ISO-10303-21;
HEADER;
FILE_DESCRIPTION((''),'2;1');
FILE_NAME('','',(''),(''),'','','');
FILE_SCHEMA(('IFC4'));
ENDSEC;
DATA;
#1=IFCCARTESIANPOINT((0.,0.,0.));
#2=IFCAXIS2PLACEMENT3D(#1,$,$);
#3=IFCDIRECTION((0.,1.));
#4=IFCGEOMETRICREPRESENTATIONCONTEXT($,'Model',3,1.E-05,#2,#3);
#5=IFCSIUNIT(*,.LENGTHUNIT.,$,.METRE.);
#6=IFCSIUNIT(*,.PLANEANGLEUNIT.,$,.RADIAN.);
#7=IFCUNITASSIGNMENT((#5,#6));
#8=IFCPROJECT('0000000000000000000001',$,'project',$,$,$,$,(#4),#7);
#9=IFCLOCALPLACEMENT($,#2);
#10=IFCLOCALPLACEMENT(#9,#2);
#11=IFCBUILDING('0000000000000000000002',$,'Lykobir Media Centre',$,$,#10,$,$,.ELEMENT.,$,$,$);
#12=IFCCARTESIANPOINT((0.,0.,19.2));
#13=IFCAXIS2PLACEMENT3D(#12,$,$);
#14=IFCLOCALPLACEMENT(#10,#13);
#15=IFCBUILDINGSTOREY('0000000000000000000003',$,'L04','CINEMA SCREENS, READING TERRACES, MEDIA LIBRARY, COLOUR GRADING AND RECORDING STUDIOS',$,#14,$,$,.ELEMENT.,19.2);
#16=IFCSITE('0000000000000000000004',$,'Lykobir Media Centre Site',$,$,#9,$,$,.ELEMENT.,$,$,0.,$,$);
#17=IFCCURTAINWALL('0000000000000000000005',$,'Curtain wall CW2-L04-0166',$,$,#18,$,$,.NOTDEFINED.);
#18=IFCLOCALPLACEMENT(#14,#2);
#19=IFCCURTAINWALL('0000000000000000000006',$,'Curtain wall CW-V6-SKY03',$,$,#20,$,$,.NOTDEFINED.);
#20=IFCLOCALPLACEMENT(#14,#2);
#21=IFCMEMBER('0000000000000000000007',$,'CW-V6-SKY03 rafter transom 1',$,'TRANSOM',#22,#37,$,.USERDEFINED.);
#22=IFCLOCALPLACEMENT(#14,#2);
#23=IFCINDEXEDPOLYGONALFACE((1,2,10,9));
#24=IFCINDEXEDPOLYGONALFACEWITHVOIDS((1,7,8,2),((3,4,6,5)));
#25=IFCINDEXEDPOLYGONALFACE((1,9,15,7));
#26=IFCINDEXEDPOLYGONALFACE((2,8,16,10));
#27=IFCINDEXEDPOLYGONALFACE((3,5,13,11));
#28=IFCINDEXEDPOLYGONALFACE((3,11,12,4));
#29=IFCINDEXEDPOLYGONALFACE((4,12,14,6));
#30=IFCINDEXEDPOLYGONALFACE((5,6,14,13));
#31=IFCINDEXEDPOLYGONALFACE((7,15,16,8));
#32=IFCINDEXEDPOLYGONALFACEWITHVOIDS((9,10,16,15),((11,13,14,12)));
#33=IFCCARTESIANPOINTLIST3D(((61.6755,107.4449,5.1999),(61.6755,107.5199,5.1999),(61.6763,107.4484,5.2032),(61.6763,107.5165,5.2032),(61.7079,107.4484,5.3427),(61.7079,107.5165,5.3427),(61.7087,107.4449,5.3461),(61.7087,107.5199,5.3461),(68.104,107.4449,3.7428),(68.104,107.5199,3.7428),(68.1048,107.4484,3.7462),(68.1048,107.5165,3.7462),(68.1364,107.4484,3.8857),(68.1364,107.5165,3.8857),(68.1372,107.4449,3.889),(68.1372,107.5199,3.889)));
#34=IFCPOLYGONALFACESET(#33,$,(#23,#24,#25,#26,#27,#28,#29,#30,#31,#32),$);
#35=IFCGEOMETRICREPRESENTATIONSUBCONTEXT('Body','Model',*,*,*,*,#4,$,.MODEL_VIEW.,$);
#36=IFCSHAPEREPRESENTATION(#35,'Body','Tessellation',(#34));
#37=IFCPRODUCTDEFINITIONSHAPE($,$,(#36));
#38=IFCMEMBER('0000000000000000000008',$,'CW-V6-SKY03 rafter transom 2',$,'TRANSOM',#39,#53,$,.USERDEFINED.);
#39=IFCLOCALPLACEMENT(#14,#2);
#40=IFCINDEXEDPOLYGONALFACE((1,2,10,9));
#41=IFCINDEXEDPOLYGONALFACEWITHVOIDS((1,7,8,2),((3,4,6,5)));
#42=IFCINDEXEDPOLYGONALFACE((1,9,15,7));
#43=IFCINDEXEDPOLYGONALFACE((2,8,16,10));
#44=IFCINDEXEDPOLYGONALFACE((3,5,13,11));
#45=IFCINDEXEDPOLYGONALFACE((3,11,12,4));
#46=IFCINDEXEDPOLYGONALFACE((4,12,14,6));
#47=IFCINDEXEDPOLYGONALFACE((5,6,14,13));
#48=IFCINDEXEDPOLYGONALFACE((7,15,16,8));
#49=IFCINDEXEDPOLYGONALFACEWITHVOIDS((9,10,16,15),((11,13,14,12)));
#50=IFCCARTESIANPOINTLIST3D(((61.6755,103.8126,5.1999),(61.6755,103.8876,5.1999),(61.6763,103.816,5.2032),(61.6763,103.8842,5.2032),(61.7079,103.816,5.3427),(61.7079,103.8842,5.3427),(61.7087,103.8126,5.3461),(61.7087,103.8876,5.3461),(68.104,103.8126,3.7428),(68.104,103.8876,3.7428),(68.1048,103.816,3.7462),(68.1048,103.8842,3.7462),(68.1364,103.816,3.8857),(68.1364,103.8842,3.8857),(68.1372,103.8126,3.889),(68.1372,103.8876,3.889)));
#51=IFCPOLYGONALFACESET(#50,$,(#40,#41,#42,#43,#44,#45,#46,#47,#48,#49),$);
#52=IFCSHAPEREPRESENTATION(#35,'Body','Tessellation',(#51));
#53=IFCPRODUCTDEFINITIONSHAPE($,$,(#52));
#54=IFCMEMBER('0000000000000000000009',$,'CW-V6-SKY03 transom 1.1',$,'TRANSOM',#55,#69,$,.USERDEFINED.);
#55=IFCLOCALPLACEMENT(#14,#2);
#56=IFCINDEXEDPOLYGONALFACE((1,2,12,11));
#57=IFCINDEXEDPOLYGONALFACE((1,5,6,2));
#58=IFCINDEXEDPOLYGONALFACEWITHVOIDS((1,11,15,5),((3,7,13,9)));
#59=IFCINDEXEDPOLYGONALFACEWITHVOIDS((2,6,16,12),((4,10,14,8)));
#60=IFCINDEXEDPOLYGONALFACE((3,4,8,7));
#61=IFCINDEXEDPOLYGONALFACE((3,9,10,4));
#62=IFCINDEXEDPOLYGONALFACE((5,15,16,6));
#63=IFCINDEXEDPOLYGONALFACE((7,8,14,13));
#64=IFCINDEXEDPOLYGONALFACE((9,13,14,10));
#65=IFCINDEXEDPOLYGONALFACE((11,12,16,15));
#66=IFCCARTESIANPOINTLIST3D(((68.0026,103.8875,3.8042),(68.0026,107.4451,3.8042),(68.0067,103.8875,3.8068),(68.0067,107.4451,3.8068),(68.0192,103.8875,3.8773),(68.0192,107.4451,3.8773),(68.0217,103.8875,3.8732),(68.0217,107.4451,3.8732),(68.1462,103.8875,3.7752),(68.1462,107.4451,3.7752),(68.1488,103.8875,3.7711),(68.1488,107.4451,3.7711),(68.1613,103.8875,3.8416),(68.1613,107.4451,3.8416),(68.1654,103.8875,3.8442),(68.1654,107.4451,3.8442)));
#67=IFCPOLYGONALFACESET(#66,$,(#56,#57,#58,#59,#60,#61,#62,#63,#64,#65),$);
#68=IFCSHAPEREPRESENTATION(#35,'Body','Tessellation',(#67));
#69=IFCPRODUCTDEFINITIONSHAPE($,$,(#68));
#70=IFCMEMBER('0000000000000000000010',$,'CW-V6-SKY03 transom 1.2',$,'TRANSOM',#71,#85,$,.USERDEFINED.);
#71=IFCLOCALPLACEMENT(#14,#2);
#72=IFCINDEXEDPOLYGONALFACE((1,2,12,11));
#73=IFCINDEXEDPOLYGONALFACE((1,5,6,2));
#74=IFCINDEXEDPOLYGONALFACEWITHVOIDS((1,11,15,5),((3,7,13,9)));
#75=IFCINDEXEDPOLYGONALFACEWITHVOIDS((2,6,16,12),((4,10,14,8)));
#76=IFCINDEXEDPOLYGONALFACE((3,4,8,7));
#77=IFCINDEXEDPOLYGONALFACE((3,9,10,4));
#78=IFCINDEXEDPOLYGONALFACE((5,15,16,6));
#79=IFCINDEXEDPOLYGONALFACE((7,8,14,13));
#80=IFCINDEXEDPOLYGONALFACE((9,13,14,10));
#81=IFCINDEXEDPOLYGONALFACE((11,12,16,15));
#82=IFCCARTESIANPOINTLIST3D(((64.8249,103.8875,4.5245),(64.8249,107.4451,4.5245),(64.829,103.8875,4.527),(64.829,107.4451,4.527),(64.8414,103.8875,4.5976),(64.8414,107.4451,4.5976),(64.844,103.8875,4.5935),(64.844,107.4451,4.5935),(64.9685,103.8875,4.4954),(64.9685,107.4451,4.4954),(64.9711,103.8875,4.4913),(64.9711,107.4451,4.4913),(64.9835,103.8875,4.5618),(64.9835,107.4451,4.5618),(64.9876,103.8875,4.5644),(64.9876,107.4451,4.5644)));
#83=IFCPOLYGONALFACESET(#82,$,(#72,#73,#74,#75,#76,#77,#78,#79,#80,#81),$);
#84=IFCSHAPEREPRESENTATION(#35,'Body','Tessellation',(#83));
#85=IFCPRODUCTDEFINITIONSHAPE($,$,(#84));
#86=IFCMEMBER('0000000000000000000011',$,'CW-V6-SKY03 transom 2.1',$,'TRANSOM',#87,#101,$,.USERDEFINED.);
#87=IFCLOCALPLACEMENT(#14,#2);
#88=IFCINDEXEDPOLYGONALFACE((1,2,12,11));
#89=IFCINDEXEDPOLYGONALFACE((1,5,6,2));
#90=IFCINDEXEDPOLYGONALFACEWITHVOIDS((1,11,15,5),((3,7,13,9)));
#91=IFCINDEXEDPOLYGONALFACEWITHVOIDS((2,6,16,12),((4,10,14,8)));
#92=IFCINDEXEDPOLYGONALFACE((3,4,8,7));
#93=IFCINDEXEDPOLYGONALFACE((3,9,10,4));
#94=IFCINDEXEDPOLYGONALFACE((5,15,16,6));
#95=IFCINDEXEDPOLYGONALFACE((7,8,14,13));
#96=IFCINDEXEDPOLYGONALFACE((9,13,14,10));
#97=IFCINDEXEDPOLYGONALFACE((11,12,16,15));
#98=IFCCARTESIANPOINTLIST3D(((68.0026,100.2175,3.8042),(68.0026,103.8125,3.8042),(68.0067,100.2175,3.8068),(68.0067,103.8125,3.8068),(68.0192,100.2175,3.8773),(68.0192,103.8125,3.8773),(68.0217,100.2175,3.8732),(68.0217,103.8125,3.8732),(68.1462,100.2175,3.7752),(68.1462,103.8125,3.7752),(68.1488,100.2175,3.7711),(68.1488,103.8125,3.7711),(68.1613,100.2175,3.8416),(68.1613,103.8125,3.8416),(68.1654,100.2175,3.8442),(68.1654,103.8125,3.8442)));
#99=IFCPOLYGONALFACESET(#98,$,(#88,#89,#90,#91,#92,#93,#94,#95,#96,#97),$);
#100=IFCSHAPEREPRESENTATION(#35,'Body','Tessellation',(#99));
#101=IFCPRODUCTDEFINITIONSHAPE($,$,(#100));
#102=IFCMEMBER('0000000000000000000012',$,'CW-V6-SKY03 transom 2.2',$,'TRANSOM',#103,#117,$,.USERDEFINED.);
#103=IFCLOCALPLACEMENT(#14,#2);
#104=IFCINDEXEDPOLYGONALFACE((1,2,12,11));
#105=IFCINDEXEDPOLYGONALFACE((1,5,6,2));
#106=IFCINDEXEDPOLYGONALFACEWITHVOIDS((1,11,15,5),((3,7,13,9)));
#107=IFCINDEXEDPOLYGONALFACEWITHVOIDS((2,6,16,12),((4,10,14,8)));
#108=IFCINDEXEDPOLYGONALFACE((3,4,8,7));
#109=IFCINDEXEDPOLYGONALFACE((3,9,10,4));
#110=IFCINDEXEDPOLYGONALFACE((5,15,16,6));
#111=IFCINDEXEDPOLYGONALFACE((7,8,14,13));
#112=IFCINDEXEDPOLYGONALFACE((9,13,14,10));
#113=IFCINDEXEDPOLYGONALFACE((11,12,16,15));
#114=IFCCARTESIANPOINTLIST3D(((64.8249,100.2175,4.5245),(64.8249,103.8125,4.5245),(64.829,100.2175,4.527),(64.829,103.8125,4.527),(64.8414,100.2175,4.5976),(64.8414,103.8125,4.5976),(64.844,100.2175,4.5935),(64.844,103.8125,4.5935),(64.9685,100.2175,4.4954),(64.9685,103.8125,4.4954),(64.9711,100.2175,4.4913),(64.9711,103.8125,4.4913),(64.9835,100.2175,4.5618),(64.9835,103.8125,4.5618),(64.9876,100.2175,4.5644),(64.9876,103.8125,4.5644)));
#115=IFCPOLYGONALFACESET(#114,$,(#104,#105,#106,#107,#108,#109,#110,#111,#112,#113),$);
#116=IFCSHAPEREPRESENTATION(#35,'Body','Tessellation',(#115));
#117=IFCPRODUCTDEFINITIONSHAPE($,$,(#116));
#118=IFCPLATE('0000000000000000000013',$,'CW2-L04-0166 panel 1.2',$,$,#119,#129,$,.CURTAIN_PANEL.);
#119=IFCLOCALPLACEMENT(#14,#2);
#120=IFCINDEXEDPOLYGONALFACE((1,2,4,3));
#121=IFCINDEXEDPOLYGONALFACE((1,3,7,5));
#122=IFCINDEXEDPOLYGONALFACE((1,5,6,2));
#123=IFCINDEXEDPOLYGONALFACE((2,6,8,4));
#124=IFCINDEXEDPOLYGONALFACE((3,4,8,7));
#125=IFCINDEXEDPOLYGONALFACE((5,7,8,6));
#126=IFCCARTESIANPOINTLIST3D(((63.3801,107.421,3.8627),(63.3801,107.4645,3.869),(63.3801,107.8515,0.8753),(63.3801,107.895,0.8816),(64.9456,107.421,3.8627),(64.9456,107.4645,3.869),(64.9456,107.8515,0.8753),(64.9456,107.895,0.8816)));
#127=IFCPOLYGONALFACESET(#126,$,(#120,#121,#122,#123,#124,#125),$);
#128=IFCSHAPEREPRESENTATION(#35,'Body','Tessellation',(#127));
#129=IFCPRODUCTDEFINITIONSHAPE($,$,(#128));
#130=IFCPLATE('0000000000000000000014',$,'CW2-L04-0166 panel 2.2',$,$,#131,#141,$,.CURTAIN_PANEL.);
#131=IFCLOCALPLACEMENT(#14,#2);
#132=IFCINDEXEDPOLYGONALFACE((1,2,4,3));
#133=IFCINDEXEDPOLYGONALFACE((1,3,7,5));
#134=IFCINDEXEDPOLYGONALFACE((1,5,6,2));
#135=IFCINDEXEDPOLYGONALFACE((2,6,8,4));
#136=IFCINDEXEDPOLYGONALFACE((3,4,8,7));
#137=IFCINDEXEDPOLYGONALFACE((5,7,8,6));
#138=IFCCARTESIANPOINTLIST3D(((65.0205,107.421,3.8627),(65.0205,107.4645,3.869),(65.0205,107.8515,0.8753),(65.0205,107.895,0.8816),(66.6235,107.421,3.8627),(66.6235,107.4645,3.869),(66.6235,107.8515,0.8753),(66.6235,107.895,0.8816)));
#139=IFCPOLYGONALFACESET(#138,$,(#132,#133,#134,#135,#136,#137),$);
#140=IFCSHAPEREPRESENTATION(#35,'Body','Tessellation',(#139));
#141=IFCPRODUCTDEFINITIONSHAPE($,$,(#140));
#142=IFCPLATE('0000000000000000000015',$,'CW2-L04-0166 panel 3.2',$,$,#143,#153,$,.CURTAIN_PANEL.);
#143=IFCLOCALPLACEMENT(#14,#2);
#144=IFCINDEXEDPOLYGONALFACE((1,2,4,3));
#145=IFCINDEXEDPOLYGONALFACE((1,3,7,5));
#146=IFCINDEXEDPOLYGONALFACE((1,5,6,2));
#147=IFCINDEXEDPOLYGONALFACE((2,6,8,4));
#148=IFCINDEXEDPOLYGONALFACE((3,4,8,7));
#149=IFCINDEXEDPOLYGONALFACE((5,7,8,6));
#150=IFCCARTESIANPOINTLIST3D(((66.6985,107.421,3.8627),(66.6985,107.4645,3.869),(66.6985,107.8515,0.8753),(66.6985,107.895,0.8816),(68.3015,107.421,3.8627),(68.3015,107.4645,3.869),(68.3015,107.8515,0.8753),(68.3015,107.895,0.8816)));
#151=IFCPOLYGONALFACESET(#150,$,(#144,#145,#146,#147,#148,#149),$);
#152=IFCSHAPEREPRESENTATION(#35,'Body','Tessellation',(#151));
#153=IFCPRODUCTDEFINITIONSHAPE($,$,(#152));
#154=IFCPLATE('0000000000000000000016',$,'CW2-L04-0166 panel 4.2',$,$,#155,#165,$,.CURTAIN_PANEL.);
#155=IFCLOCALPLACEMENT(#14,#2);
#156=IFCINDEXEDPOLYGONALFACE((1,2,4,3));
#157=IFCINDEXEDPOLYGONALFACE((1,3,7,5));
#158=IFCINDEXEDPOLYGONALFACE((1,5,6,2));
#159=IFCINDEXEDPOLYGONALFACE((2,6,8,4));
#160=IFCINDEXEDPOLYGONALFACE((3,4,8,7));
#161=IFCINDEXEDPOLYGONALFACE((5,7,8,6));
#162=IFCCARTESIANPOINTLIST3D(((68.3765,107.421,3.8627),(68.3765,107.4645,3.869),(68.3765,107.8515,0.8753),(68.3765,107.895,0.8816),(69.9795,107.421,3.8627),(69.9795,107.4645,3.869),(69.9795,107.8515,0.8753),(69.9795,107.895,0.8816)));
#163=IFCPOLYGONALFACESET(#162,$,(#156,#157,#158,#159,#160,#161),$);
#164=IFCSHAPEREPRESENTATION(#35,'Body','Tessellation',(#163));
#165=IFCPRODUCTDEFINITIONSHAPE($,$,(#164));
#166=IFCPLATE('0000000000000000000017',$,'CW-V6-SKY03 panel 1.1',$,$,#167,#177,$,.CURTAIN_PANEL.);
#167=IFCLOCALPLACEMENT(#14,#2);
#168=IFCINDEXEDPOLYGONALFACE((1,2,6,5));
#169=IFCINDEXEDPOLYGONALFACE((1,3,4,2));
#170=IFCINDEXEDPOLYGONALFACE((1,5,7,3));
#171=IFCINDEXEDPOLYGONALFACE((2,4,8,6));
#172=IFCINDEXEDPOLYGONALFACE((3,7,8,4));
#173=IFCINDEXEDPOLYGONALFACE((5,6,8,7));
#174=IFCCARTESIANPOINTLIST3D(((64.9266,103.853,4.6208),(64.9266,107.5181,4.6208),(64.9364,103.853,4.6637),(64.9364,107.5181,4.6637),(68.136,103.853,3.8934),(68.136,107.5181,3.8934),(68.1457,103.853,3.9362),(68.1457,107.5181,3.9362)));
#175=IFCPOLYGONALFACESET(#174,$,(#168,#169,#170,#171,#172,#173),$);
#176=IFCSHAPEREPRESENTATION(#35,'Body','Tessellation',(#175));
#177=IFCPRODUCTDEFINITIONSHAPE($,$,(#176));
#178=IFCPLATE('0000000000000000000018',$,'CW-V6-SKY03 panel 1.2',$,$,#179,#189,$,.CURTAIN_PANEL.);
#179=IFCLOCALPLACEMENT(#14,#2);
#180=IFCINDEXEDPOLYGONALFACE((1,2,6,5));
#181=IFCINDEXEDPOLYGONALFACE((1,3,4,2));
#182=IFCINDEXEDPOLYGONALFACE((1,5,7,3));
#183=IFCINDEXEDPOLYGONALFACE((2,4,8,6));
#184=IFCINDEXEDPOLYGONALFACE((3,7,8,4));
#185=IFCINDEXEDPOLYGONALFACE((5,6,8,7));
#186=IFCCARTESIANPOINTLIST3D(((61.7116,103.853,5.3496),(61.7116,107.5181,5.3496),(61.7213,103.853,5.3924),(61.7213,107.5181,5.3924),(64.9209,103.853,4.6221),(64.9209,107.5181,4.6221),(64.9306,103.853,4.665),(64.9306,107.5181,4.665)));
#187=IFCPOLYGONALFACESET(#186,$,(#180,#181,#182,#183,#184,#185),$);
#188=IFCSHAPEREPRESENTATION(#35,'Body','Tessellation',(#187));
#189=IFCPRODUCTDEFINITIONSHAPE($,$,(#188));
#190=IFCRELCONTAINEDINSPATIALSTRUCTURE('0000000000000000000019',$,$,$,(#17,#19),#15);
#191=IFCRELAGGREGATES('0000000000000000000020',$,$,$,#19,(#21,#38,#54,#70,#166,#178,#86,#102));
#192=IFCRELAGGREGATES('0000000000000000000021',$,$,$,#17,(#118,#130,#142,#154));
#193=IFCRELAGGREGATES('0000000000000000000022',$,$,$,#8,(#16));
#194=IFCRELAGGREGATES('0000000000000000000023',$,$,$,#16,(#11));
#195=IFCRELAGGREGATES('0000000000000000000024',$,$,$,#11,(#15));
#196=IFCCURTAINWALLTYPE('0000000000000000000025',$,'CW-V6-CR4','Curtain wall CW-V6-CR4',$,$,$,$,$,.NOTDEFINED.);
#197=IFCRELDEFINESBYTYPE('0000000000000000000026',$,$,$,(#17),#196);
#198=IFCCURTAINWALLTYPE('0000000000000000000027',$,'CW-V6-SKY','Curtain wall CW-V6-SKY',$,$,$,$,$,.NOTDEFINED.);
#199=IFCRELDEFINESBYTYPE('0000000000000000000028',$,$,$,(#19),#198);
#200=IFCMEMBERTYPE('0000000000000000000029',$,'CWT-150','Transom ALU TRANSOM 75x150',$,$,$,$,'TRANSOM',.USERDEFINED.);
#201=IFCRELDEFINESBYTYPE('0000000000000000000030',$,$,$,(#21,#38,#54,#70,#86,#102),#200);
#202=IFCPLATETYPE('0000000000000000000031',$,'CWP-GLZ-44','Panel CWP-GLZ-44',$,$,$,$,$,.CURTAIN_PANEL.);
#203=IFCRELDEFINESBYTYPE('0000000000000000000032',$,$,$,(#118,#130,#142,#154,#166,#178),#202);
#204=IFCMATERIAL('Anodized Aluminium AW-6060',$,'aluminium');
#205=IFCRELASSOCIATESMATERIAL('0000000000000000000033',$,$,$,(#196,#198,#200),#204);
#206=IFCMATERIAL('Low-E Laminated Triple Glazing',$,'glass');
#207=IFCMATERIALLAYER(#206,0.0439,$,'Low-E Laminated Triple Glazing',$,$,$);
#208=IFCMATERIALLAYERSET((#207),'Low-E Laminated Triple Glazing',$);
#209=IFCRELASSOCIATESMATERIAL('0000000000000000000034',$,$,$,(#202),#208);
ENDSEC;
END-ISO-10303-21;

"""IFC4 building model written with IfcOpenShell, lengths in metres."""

from ifc_helpers import new_model, si_unit, direction, frame, origin, origin_2d, place, context, subcontext, project, spatial, rectangle, hollow_rectangle, extrude, material, layer, layer_set, material_profile, profile_set, type_object, element, aggregate, save


model = new_model("IFC4")

# Units and contexts
model_context = context("Model", 3, precision=1e-05, world=origin(), true_north=direction((0.0, 1.0)))
body_context = subcontext(model_context, "Body", "Model", "MODEL_VIEW")
ifc_project = project(units=[si_unit("LENGTHUNIT", "METRE"), si_unit("PLANEANGLEUNIT", "RADIAN")], contexts=[model_context])

# Site, building, storey
site_placement = place(None, origin())
site = spatial("IfcSite", under=ifc_project, at=site_placement, Name="Lykobir Media Centre Site", CompositionType="ELEMENT", RefElevation=0.0)
building_placement = place(site_placement, origin())
building = spatial("IfcBuilding", under=site, at=building_placement, Name="Lykobir Media Centre", CompositionType="ELEMENT")
storey_placement = place(building_placement, frame((0.0, 0.0, 19.2)))
storey = spatial("IfcBuildingStorey", under=building, at=storey_placement, Name="L04", Description="CINEMA SCREENS, READING TERRACES, MEDIA LIBRARY, COLOUR GRADING AND RECORDING STUDIOS", CompositionType="ELEMENT", Elevation=19.2)

# Curtain walls, members
ifc_material_1 = material(Name="Anodized Aluminium AW-6060", Category="aluminium")
curtain_wall_type_1 = type_object("IfcCurtainWallType", Name="CW-V6-CR4", Description="Curtain wall CW-V6-CR4", PredefinedType="NOTDEFINED", material=ifc_material_1)
curtain_wall_1_placement = place(storey_placement, origin())
curtain_wall_1 = element("IfcCurtainWall", 1, at=curtain_wall_1_placement, inside=storey, type_object=curtain_wall_type_1, Name="Curtain wall CW2-L04-0166", PredefinedType="NOTDEFINED")
ifc_material_profile_1 = material_profile(ifc_material_1, hollow_rectangle(XDim=0.075, YDim=0.1499, WallThickness=0.0034, at=origin_2d()), Name="ALU TRANSOM 75x150")
ifc_profile_set_1 = profile_set([ifc_material_profile_1], Name="Anodized Aluminium AW-6060")
member_type_1 = type_object("IfcMemberType", Name="CWT-150", Description="Transom ALU TRANSOM 75x150", ElementType="TRANSOM", PredefinedType="USERDEFINED", material=ifc_profile_set_1)
curtain_wall_type_2 = type_object("IfcCurtainWallType", Name="CW-V6-SKY", Description="Curtain wall CW-V6-SKY", PredefinedType="NOTDEFINED", material=ifc_material_1)
curtain_wall_2_placement = place(storey_placement, origin())
curtain_wall_2 = element("IfcCurtainWall", 2, at=curtain_wall_2_placement, inside=storey, type_object=curtain_wall_type_2, Name="Curtain wall CW-V6-SKY03", PredefinedType="NOTDEFINED")
member_1_placement = place(storey_placement, frame((68.1206, 107.4824, 3.8159), z_axis=(-0.975263, 0.0, 0.221046), x_axis=(0.0, -1.0, 0.0)))
member_1 = element("IfcMember", 3, at=member_1_placement, type_object=member_type_1, Name="CW-V6-SKY03 rafter transom 1", ObjectType="TRANSOM", PredefinedType="USERDEFINED", context=body_context, shape_type="SweptSolid", body=[
    extrude(hollow_rectangle(XDim=0.075, YDim=0.1499, WallThickness=0.0034, at=origin_2d()), origin(), (0.0, 0.0, 1.0), 6.5916),
])
member_2_placement = place(storey_placement, frame((68.1206, 103.8501, 3.8159), z_axis=(-0.975263, 0.0, 0.221046), x_axis=(0.0, -1.0, 0.0)))
member_2 = element("IfcMember", 4, at=member_2_placement, type_object=member_type_1, Name="CW-V6-SKY03 rafter transom 2", ObjectType="TRANSOM", PredefinedType="USERDEFINED", context=body_context, shape_type="SweptSolid", body=[
    extrude(hollow_rectangle(XDim=0.075, YDim=0.1499, WallThickness=0.0034, at=origin_2d()), origin(), (0.0, 0.0, 1.0), 6.5916),
])
member_3_placement = place(storey_placement, frame((68.084, 107.4451, 3.8242), z_axis=(0.0, -1.0, 0.0), x_axis=(0.221055, 0.0, 0.975261)))
member_3 = element("IfcMember", 5, at=member_3_placement, type_object=member_type_1, Name="CW-V6-SKY03 transom 1.1", ObjectType="TRANSOM", PredefinedType="USERDEFINED", context=body_context, shape_type="SweptSolid", body=[
    extrude(hollow_rectangle(XDim=0.075, YDim=0.1499, WallThickness=0.0034, at=origin_2d()), origin(), (0.0, 0.0, 1.0), 3.5576),
])
member_4_placement = place(storey_placement, frame((64.9062, 107.4451, 4.5444), z_axis=(0.0, -1.0, 0.0), x_axis=(0.221055, 0.0, 0.975261)))
member_4 = element("IfcMember", 6, at=member_4_placement, type_object=member_type_1, Name="CW-V6-SKY03 transom 1.2", ObjectType="TRANSOM", PredefinedType="USERDEFINED", context=body_context, shape_type="SweptSolid", body=[
    extrude(hollow_rectangle(XDim=0.075, YDim=0.1499, WallThickness=0.0034, at=origin_2d()), origin(), (0.0, 0.0, 1.0), 3.5576),
])
member_5_placement = place(storey_placement, frame((68.084, 103.8125, 3.8242), z_axis=(0.0, -1.0, 0.0), x_axis=(0.221055, 0.0, 0.975261)))
member_5 = element("IfcMember", 7, at=member_5_placement, type_object=member_type_1, Name="CW-V6-SKY03 transom 2.1", ObjectType="TRANSOM", PredefinedType="USERDEFINED", context=body_context, shape_type="SweptSolid", body=[
    extrude(hollow_rectangle(XDim=0.075, YDim=0.1499, WallThickness=0.0034, at=origin_2d()), origin(), (0.0, 0.0, 1.0), 3.595),
])
member_6_placement = place(storey_placement, frame((64.9062, 103.8125, 4.5444), z_axis=(0.0, -1.0, 0.0), x_axis=(0.221055, 0.0, 0.975261)))
member_6 = element("IfcMember", 8, at=member_6_placement, type_object=member_type_1, Name="CW-V6-SKY03 transom 2.2", ObjectType="TRANSOM", PredefinedType="USERDEFINED", context=body_context, shape_type="SweptSolid", body=[
    extrude(hollow_rectangle(XDim=0.075, YDim=0.1499, WallThickness=0.0034, at=origin_2d()), origin(), (0.0, 0.0, 1.0), 3.595),
])

# Plates
ifc_material_2 = material(Name="Low-E Laminated Triple Glazing", Category="glass")
ifc_layer_1 = layer(ifc_material_2, 0.0439, Name="Low-E Laminated Triple Glazing")
ifc_layer_set_1 = layer_set([ifc_layer_1], Name="Low-E Laminated Triple Glazing")
plate_type_1 = type_object("IfcPlateType", Name="CWP-GLZ-44", Description="Panel CWP-GLZ-44", PredefinedType="CURTAIN_PANEL", material=ifc_layer_set_1)
plate_1_placement = place(storey_placement, frame((64.1628, 107.8733, 0.8784), z_axis=(0.0, -0.142629, 0.989776), x_axis=(1.0, 0.0, 0.0)))
plate_1 = element("IfcPlate", 9, at=plate_1_placement, type_object=plate_type_1, Name="CW2-L04-0166 panel 1.2", PredefinedType="CURTAIN_PANEL", context=body_context, shape_type="SweptSolid", body=[
    extrude(rectangle(XDim=1.5654, YDim=0.0439, at=origin_2d()), origin(), (0.0, 0.0, 1.0), 3.0183),
])
plate_2_placement = place(storey_placement, frame((65.822, 107.8733, 0.8784), z_axis=(0.0, -0.142629, 0.989776), x_axis=(1.0, 0.0, 0.0)))
plate_2 = element("IfcPlate", 10, at=plate_2_placement, type_object=plate_type_1, Name="CW2-L04-0166 panel 2.2", PredefinedType="CURTAIN_PANEL", context=body_context, shape_type="SweptSolid", body=[
    extrude(rectangle(XDim=1.603, YDim=0.0439, at=origin_2d()), origin(), (0.0, 0.0, 1.0), 3.0183),
])
plate_3_placement = place(storey_placement, frame((67.5, 107.8733, 0.8784), z_axis=(0.0, -0.142629, 0.989776), x_axis=(1.0, 0.0, 0.0)))
plate_3 = element("IfcPlate", 11, at=plate_3_placement, type_object=plate_type_1, Name="CW2-L04-0166 panel 3.2", PredefinedType="CURTAIN_PANEL", context=body_context, shape_type="SweptSolid", body=[
    extrude(rectangle(XDim=1.603, YDim=0.0439, at=origin_2d()), origin(), (0.0, 0.0, 1.0), 3.0183),
])
plate_4_placement = place(storey_placement, frame((69.178, 107.8733, 0.8784), z_axis=(0.0, -0.142629, 0.989776), x_axis=(1.0, 0.0, 0.0)))
plate_4 = element("IfcPlate", 12, at=plate_4_placement, type_object=plate_type_1, Name="CW2-L04-0166 panel 4.2", PredefinedType="CURTAIN_PANEL", context=body_context, shape_type="SweptSolid", body=[
    extrude(rectangle(XDim=1.603, YDim=0.0439, at=origin_2d()), origin(), (0.0, 0.0, 1.0), 3.0183),
])
plate_5_placement = place(storey_placement, frame((68.1409, 105.6855, 3.9148), z_axis=(-0.975261, 0.0, 0.221055), x_axis=(0.0, -1.0, 0.0)))
plate_5 = element("IfcPlate", 13, at=plate_5_placement, type_object=plate_type_1, Name="CW-V6-SKY03 panel 1.1", PredefinedType="CURTAIN_PANEL", context=body_context, shape_type="SweptSolid", body=[
    extrude(rectangle(XDim=3.665, YDim=0.0439, at=origin_2d()), origin(), (0.0, 0.0, 1.0), 3.2908),
])
plate_6_placement = place(storey_placement, frame((64.9258, 105.6855, 4.6436), z_axis=(-0.975261, 0.0, 0.221055), x_axis=(0.0, -1.0, 0.0)))
plate_6 = element("IfcPlate", 14, at=plate_6_placement, type_object=plate_type_1, Name="CW-V6-SKY03 panel 1.2", PredefinedType="CURTAIN_PANEL", context=body_context, shape_type="SweptSolid", body=[
    extrude(rectangle(XDim=3.665, YDim=0.0439, at=origin_2d()), origin(), (0.0, 0.0, 1.0), 3.2908),
])
aggregate(curtain_wall_2, [member_1, member_2, member_3, member_4, plate_5, plate_6, member_5, member_6])
aggregate(curtain_wall_1, [plate_1, plate_2, plate_3, plate_4])

save(model, "model.ifc")
